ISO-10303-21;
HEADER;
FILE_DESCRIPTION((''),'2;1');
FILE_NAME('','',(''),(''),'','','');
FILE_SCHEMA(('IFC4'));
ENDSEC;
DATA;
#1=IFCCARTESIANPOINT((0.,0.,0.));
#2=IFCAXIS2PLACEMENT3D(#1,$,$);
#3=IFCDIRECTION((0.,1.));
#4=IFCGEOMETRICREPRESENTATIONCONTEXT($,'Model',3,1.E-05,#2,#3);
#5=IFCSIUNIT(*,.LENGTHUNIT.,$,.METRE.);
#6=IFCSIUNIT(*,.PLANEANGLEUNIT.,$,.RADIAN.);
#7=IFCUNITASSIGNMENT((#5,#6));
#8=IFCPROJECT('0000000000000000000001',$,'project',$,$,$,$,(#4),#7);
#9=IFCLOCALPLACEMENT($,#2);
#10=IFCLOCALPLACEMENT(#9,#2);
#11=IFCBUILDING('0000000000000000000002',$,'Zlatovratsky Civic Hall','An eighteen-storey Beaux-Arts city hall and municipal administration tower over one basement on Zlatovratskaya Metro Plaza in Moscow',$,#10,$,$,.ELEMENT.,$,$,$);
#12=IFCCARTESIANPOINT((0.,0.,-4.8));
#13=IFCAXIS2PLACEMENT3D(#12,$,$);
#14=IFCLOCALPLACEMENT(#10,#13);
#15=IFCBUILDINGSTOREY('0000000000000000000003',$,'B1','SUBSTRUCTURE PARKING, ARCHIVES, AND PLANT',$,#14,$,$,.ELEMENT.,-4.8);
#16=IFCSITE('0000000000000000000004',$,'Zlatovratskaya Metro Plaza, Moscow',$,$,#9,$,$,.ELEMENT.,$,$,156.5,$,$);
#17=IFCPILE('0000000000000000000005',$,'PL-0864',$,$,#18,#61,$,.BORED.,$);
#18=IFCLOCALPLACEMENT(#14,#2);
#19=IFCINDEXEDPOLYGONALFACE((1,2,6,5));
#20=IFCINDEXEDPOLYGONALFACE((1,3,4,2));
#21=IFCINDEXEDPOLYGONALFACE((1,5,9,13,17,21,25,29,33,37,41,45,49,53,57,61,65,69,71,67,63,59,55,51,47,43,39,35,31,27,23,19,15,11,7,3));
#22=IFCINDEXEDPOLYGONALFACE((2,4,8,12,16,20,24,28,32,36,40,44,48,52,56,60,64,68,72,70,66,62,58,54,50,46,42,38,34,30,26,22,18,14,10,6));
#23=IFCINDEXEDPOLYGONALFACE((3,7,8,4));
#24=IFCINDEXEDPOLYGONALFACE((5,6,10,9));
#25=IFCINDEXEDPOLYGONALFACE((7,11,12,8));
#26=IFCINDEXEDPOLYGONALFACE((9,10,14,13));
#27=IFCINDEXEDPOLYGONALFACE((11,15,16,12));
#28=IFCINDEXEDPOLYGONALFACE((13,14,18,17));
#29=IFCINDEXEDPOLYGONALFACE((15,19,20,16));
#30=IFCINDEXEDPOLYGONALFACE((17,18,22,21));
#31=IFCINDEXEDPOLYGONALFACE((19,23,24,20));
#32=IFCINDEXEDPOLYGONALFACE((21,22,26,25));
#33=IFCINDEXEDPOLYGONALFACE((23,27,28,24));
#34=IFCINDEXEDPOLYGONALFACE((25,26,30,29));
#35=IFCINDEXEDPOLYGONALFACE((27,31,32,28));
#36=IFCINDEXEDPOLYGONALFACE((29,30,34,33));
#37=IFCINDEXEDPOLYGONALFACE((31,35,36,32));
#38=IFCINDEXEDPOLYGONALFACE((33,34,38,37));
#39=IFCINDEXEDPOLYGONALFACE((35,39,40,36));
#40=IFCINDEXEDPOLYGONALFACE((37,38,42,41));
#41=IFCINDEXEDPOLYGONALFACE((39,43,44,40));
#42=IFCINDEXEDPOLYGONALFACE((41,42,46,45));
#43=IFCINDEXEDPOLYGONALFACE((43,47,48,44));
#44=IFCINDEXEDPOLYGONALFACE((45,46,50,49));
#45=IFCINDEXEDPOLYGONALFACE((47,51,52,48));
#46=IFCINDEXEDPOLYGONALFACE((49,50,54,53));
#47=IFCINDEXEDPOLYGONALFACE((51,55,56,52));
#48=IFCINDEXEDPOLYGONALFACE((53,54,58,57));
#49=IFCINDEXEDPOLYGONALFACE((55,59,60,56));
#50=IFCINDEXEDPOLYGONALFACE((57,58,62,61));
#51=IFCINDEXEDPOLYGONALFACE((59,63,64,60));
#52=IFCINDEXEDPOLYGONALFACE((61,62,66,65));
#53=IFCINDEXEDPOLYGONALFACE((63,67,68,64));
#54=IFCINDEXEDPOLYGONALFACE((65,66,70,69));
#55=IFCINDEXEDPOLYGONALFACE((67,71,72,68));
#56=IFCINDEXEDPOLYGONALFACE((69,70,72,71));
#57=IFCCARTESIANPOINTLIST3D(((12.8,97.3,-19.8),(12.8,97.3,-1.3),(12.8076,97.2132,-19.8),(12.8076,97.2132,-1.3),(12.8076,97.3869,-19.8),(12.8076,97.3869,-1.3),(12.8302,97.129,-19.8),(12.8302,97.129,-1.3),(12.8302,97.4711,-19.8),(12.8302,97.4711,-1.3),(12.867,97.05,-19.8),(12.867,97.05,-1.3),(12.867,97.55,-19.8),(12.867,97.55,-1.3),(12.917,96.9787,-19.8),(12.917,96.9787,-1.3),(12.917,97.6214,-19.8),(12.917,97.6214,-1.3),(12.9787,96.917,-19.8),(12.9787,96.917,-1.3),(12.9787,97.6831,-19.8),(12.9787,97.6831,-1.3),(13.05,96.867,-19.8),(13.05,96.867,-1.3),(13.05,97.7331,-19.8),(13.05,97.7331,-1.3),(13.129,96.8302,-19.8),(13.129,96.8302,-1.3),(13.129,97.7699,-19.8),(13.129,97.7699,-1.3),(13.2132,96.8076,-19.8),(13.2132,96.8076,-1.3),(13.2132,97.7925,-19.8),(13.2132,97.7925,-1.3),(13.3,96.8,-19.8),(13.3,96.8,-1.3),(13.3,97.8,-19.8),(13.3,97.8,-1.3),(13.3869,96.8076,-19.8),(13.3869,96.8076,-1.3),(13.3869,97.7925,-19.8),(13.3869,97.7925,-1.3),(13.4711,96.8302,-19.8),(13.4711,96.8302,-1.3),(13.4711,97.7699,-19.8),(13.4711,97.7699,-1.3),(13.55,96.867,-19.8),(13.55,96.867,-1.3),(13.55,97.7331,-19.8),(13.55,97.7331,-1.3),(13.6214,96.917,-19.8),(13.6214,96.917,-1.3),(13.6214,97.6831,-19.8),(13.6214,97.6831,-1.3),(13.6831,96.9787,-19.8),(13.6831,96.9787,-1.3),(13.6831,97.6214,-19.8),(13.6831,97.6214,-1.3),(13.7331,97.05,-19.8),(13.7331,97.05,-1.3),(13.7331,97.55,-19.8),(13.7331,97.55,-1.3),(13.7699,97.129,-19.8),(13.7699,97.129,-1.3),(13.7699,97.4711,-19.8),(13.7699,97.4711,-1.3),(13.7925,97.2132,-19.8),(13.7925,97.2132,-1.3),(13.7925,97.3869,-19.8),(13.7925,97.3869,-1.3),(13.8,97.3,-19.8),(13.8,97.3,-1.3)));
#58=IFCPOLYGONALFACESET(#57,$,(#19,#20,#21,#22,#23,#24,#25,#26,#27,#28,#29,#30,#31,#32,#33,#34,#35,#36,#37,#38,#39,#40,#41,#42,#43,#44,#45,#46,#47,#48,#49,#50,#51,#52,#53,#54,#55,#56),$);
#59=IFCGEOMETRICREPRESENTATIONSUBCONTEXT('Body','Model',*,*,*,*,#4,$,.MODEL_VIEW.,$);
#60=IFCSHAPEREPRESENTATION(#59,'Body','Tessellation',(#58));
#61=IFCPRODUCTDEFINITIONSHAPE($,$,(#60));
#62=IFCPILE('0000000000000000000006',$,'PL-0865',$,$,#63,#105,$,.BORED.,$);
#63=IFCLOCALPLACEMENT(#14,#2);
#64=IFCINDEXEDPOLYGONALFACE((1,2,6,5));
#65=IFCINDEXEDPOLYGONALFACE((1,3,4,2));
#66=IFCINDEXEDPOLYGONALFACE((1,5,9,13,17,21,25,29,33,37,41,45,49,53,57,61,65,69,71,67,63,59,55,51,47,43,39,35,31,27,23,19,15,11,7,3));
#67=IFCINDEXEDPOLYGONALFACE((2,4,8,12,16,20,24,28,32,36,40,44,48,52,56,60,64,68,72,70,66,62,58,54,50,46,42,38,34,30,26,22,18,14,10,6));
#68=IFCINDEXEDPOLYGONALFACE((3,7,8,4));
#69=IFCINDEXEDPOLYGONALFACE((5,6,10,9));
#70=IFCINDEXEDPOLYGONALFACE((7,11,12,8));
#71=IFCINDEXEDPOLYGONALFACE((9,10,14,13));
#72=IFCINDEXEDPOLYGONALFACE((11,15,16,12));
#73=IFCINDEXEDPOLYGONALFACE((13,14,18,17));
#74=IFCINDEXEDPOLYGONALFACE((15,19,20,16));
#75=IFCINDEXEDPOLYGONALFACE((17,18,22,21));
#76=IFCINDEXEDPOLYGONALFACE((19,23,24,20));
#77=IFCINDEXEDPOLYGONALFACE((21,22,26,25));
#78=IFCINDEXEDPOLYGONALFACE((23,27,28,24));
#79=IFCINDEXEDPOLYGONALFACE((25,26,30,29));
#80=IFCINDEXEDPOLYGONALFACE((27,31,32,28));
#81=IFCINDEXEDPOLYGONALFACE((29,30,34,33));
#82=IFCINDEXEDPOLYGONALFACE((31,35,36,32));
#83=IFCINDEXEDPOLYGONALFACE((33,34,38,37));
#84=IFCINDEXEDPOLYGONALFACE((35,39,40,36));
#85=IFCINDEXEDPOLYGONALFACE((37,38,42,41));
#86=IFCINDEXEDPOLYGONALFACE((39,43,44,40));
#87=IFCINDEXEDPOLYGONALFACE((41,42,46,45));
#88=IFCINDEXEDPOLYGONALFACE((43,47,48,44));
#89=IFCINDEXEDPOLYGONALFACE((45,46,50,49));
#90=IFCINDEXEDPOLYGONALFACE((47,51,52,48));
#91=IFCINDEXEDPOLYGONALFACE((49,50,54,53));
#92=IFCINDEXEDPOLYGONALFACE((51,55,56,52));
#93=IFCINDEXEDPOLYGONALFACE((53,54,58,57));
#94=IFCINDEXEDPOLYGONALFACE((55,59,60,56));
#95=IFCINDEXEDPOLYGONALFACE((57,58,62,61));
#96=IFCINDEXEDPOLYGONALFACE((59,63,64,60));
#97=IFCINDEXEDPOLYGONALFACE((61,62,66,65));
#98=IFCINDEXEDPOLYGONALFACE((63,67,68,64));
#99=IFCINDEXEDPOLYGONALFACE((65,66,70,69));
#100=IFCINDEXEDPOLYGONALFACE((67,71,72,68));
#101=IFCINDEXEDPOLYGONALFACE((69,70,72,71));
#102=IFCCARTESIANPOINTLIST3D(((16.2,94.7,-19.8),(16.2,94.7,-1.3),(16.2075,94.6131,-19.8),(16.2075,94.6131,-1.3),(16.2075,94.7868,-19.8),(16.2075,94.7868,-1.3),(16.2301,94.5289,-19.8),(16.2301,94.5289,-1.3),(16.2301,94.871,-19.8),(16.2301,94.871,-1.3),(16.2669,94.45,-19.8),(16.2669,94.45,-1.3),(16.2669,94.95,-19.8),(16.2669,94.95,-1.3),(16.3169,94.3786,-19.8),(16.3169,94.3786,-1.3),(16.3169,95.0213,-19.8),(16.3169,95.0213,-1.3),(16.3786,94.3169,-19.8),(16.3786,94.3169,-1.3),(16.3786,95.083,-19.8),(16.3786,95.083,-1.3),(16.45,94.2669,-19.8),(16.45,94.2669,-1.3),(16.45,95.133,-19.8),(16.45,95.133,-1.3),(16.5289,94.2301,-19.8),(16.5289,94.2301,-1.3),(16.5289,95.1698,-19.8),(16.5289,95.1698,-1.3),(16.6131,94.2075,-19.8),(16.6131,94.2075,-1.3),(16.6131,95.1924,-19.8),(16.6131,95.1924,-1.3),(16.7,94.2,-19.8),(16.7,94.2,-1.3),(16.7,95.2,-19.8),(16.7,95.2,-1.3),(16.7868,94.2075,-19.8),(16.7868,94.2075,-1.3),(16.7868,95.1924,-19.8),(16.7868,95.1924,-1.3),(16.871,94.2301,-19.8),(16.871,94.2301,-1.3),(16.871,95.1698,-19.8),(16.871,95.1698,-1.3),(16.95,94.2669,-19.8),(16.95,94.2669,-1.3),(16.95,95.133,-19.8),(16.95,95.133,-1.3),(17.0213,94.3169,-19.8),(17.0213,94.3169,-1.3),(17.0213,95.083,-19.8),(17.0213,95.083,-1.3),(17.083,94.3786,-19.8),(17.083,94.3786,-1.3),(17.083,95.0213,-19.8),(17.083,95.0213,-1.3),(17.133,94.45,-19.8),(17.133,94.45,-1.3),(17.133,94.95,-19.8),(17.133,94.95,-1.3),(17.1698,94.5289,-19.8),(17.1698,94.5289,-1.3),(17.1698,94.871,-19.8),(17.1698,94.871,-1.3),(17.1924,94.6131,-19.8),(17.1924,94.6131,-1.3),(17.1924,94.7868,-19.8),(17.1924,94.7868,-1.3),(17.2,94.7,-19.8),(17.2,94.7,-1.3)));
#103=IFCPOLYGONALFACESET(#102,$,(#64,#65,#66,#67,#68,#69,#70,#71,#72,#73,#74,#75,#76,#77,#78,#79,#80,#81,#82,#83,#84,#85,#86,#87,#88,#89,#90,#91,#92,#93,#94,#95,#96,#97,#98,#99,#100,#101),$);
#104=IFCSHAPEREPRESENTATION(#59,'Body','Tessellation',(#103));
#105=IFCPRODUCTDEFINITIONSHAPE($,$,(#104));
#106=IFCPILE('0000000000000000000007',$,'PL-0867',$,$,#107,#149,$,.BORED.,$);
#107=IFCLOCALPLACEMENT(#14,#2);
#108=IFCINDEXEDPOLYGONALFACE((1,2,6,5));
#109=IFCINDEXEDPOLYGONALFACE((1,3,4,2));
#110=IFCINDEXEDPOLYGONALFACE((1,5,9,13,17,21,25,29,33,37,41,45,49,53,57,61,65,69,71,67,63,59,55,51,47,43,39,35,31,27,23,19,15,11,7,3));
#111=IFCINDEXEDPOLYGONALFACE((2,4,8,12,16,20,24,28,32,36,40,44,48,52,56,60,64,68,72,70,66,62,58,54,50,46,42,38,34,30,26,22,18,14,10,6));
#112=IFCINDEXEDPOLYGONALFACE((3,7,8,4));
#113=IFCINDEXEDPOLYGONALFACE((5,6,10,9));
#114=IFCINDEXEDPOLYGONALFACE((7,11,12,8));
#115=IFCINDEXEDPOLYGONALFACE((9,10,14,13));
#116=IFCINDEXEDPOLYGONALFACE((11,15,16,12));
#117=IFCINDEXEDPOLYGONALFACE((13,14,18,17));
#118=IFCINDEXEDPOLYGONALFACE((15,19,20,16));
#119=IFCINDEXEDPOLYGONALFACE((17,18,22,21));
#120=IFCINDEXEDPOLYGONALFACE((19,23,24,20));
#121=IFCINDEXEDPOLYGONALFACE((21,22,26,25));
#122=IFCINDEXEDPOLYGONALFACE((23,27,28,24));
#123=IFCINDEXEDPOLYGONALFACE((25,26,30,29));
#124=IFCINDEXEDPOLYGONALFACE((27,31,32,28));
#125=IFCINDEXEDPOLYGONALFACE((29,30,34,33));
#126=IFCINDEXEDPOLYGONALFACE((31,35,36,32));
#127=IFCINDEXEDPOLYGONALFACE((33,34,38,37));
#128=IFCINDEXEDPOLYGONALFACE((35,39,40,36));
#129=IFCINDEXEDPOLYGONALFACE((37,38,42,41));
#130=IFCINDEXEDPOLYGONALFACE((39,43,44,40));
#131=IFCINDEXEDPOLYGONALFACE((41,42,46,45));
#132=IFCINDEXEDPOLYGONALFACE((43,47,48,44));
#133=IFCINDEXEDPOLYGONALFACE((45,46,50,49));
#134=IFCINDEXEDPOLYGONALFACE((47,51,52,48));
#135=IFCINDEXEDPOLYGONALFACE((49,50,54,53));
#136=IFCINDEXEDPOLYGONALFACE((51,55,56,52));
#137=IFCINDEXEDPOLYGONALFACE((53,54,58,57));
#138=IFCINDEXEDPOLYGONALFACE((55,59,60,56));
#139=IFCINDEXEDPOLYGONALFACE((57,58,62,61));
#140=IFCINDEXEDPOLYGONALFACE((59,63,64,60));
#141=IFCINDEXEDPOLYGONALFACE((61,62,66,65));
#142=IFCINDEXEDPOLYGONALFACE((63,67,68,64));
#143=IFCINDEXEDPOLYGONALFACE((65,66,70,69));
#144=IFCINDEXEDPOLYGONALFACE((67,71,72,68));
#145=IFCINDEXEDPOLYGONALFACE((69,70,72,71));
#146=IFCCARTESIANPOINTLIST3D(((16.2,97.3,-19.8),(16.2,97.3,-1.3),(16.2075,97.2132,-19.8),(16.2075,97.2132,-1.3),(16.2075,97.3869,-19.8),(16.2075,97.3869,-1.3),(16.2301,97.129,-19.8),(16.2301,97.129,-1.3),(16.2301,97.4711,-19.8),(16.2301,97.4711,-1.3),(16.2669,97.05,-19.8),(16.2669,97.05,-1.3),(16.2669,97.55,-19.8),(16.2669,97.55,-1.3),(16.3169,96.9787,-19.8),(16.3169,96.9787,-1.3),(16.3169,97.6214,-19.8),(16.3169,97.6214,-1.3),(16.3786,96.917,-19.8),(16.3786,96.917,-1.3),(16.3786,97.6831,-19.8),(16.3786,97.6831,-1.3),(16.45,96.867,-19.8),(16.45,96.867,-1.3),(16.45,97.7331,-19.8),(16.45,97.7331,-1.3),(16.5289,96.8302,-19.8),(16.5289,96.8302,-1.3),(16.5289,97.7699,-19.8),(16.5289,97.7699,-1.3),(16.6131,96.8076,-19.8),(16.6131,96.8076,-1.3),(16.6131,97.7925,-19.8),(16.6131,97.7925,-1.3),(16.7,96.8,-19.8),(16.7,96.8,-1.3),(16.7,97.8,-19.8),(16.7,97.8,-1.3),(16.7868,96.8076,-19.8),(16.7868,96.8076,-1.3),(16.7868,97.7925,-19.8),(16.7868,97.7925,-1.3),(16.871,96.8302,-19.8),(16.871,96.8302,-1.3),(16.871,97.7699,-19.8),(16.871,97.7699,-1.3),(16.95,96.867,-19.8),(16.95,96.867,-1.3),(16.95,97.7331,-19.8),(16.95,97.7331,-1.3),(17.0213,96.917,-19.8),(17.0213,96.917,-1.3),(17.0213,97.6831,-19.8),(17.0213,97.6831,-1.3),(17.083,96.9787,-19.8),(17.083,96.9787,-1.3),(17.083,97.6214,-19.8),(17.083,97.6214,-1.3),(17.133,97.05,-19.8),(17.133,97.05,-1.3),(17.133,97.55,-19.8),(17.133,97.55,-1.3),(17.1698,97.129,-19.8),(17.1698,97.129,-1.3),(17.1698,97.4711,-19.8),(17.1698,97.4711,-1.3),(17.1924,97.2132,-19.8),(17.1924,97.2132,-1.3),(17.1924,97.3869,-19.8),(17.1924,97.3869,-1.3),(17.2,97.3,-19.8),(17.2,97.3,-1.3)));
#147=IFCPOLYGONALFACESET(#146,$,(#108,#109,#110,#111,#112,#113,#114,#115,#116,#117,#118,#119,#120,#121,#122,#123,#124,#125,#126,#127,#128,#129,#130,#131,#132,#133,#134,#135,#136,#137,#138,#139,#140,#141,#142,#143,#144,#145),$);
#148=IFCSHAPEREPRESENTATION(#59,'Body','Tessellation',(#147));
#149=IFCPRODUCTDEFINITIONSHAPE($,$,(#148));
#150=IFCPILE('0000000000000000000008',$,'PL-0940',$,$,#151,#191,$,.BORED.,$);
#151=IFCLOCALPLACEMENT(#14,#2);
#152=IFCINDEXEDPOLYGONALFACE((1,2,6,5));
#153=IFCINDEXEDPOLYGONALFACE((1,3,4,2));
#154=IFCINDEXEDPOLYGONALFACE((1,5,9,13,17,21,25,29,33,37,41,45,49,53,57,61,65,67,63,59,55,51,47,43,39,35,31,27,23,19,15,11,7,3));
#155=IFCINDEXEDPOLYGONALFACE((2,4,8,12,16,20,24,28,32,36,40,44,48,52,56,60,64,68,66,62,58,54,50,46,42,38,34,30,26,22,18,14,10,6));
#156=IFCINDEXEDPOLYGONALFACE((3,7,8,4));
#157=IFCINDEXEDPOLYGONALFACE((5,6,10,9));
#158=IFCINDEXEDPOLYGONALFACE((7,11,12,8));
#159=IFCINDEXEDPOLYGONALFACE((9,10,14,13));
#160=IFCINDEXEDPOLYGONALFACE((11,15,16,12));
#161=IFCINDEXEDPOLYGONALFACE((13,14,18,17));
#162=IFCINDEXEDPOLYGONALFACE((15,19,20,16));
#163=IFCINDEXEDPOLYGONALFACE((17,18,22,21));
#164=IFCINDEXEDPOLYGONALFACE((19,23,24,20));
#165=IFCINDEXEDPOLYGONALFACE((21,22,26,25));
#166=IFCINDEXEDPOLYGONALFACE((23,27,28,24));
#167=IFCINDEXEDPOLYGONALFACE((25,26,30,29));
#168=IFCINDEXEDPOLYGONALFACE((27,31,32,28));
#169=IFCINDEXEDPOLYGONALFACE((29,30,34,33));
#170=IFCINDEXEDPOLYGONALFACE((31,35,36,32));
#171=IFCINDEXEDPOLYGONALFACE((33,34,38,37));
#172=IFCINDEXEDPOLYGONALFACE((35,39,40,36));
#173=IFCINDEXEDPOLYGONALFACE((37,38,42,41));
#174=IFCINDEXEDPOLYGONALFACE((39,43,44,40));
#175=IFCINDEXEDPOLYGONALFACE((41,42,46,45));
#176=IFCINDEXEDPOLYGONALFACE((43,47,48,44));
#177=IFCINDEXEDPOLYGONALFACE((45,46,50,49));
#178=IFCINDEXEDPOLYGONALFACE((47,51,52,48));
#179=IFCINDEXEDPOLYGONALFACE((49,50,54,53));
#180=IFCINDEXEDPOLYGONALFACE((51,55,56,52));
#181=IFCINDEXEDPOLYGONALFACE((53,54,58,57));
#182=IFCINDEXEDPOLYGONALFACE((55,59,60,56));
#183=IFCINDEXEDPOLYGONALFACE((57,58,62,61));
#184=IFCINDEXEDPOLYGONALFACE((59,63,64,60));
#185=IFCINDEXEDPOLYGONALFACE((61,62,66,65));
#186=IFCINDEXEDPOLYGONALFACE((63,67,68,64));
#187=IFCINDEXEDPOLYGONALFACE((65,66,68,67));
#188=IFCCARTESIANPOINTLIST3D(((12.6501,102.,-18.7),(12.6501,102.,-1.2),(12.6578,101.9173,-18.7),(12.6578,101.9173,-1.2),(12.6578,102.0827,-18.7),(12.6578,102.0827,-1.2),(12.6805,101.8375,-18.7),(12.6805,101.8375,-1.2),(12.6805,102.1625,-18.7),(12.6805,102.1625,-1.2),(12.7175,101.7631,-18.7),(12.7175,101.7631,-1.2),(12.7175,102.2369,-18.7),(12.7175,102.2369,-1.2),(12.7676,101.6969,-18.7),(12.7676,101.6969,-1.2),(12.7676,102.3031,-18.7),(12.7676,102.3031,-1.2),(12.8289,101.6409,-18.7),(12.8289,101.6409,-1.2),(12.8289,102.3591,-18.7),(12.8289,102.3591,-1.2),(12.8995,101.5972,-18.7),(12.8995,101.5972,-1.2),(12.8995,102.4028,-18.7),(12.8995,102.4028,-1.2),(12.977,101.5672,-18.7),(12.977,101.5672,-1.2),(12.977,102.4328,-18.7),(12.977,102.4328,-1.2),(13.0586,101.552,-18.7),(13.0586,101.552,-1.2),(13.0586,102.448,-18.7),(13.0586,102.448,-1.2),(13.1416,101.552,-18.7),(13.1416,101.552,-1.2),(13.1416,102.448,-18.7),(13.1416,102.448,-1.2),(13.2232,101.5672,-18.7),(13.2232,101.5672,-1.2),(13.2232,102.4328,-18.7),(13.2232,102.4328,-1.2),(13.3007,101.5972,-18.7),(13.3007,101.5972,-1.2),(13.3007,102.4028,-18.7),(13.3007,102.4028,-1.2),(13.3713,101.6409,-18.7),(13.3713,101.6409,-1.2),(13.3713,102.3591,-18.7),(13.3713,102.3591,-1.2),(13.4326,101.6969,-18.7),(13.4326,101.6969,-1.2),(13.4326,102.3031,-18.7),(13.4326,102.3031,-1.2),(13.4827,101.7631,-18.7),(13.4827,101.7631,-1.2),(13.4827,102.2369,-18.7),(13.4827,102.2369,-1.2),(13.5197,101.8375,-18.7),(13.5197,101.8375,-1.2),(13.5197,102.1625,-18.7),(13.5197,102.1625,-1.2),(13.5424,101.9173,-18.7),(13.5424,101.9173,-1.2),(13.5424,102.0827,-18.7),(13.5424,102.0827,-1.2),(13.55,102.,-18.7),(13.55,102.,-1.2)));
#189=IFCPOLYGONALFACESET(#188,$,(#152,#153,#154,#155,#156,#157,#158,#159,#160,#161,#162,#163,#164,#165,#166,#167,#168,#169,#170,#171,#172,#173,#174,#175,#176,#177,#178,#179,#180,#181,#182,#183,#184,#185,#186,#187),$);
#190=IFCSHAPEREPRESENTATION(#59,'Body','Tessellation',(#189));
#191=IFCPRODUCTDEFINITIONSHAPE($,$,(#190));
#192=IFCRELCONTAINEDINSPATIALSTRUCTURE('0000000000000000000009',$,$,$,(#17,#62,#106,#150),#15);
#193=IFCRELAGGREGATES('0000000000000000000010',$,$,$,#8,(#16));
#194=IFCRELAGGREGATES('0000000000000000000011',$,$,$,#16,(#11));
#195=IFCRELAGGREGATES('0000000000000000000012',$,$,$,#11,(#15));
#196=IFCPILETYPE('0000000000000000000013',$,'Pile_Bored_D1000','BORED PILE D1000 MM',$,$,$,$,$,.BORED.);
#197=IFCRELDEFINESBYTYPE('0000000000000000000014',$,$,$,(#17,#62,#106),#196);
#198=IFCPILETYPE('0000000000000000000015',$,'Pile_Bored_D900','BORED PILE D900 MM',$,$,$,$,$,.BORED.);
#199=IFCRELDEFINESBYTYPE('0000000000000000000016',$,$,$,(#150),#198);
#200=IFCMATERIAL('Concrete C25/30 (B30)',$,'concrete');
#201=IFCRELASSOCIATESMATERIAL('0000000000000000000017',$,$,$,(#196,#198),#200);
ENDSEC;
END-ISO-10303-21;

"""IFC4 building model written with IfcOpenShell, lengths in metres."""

from ifc_helpers import new_model, si_unit, direction, frame, origin, origin_2d, place, context, subcontext, project, spatial, circle, extrude, material, material_profile, profile_set, type_object, element, save


model = new_model("IFC4")

# Units and contexts
model_context = context("Model", 3, precision=1e-05, world=origin(), true_north=direction((0.0, 1.0)))
body_context = subcontext(model_context, "Body", "Model", "MODEL_VIEW")
ifc_project = project(units=[si_unit("LENGTHUNIT", "METRE"), si_unit("PLANEANGLEUNIT", "RADIAN")], contexts=[model_context])

# Site, building, storey
site_placement = place(None, origin())
site = spatial("IfcSite", under=ifc_project, at=site_placement, Name="Zlatovratskaya Metro Plaza, Moscow", CompositionType="ELEMENT", RefElevation=156.5)
building_placement = place(site_placement, origin())
building = spatial("IfcBuilding", under=site, at=building_placement, Name="Zlatovratsky Civic Hall", Description="An eighteen-storey Beaux-Arts city hall and municipal administration tower over one basement on Zlatovratskaya Metro Plaza in Moscow", CompositionType="ELEMENT")
storey_placement = place(building_placement, frame((0.0, 0.0, -4.8)))
storey = spatial("IfcBuildingStorey", under=building, at=storey_placement, Name="B1", Description="SUBSTRUCTURE PARKING, ARCHIVES, AND PLANT", CompositionType="ELEMENT", Elevation=-4.8)

# Shared definitions
ifc_material_1 = material(Name="Concrete C25/30 (B30)", Category="concrete")

# Piles
ifc_material_profile_1 = material_profile(ifc_material_1, circle(Radius=0.5, at=origin_2d()), Name="PILE D1000")
ifc_profile_set_1 = profile_set([ifc_material_profile_1], Name="Concrete C25/30 (B30)")
pile_type_1 = type_object("IfcPileType", Name="Pile_Bored_D1000", Description="BORED PILE D1000 MM", PredefinedType="BORED", material=ifc_profile_set_1)
for number, where, z_axis, x_axis, name in (
    (1, (13.3, 97.3, -1.3), (0.0, 0.0, -1.0), (1.0, 0.0, 0.0), "PL-0864"),
    (2, (16.7, 94.7, -1.3), (0.0, 0.0, -1.0), (1.0, 0.0, 0.0), "PL-0865"),
    (3, (16.7, 97.3, -1.3), (0.0, 0.0, -1.0), (1.0, 0.0, 0.0), "PL-0867"),
):
    element("IfcPile", number, at=place(storey_placement, frame(where, z_axis=z_axis, x_axis=x_axis)), inside=storey, type_object=pile_type_1, Name=name, PredefinedType="BORED", context=body_context, shape_type="SweptSolid", body=[
        extrude(circle(Radius=0.5, at=origin_2d()), origin(), (0.0, 0.0, 1.0), 18.5),
    ])
ifc_material_profile_2 = material_profile(ifc_material_1, circle(Radius=0.45, at=origin_2d()), Name="PILE D900")
ifc_profile_set_2 = profile_set([ifc_material_profile_2], Name="Concrete C25/30 (B30)")
pile_type_2 = type_object("IfcPileType", Name="Pile_Bored_D900", Description="BORED PILE D900 MM", PredefinedType="BORED", material=ifc_profile_set_2)
pile_placement = place(storey_placement, frame((13.1001, 102.0, -1.2), z_axis=(0.0, 0.0, -1.0), x_axis=(1.0, 0.0, 0.0)))
element("IfcPile", 4, at=pile_placement, inside=storey, type_object=pile_type_2, Name="PL-0940", PredefinedType="BORED", context=body_context, shape_type="SweptSolid", body=[
    extrude(circle(Radius=0.45, at=origin_2d()), origin(), (0.0, 0.0, 1.0), 17.5),
])

save(model, "model.ifc")
